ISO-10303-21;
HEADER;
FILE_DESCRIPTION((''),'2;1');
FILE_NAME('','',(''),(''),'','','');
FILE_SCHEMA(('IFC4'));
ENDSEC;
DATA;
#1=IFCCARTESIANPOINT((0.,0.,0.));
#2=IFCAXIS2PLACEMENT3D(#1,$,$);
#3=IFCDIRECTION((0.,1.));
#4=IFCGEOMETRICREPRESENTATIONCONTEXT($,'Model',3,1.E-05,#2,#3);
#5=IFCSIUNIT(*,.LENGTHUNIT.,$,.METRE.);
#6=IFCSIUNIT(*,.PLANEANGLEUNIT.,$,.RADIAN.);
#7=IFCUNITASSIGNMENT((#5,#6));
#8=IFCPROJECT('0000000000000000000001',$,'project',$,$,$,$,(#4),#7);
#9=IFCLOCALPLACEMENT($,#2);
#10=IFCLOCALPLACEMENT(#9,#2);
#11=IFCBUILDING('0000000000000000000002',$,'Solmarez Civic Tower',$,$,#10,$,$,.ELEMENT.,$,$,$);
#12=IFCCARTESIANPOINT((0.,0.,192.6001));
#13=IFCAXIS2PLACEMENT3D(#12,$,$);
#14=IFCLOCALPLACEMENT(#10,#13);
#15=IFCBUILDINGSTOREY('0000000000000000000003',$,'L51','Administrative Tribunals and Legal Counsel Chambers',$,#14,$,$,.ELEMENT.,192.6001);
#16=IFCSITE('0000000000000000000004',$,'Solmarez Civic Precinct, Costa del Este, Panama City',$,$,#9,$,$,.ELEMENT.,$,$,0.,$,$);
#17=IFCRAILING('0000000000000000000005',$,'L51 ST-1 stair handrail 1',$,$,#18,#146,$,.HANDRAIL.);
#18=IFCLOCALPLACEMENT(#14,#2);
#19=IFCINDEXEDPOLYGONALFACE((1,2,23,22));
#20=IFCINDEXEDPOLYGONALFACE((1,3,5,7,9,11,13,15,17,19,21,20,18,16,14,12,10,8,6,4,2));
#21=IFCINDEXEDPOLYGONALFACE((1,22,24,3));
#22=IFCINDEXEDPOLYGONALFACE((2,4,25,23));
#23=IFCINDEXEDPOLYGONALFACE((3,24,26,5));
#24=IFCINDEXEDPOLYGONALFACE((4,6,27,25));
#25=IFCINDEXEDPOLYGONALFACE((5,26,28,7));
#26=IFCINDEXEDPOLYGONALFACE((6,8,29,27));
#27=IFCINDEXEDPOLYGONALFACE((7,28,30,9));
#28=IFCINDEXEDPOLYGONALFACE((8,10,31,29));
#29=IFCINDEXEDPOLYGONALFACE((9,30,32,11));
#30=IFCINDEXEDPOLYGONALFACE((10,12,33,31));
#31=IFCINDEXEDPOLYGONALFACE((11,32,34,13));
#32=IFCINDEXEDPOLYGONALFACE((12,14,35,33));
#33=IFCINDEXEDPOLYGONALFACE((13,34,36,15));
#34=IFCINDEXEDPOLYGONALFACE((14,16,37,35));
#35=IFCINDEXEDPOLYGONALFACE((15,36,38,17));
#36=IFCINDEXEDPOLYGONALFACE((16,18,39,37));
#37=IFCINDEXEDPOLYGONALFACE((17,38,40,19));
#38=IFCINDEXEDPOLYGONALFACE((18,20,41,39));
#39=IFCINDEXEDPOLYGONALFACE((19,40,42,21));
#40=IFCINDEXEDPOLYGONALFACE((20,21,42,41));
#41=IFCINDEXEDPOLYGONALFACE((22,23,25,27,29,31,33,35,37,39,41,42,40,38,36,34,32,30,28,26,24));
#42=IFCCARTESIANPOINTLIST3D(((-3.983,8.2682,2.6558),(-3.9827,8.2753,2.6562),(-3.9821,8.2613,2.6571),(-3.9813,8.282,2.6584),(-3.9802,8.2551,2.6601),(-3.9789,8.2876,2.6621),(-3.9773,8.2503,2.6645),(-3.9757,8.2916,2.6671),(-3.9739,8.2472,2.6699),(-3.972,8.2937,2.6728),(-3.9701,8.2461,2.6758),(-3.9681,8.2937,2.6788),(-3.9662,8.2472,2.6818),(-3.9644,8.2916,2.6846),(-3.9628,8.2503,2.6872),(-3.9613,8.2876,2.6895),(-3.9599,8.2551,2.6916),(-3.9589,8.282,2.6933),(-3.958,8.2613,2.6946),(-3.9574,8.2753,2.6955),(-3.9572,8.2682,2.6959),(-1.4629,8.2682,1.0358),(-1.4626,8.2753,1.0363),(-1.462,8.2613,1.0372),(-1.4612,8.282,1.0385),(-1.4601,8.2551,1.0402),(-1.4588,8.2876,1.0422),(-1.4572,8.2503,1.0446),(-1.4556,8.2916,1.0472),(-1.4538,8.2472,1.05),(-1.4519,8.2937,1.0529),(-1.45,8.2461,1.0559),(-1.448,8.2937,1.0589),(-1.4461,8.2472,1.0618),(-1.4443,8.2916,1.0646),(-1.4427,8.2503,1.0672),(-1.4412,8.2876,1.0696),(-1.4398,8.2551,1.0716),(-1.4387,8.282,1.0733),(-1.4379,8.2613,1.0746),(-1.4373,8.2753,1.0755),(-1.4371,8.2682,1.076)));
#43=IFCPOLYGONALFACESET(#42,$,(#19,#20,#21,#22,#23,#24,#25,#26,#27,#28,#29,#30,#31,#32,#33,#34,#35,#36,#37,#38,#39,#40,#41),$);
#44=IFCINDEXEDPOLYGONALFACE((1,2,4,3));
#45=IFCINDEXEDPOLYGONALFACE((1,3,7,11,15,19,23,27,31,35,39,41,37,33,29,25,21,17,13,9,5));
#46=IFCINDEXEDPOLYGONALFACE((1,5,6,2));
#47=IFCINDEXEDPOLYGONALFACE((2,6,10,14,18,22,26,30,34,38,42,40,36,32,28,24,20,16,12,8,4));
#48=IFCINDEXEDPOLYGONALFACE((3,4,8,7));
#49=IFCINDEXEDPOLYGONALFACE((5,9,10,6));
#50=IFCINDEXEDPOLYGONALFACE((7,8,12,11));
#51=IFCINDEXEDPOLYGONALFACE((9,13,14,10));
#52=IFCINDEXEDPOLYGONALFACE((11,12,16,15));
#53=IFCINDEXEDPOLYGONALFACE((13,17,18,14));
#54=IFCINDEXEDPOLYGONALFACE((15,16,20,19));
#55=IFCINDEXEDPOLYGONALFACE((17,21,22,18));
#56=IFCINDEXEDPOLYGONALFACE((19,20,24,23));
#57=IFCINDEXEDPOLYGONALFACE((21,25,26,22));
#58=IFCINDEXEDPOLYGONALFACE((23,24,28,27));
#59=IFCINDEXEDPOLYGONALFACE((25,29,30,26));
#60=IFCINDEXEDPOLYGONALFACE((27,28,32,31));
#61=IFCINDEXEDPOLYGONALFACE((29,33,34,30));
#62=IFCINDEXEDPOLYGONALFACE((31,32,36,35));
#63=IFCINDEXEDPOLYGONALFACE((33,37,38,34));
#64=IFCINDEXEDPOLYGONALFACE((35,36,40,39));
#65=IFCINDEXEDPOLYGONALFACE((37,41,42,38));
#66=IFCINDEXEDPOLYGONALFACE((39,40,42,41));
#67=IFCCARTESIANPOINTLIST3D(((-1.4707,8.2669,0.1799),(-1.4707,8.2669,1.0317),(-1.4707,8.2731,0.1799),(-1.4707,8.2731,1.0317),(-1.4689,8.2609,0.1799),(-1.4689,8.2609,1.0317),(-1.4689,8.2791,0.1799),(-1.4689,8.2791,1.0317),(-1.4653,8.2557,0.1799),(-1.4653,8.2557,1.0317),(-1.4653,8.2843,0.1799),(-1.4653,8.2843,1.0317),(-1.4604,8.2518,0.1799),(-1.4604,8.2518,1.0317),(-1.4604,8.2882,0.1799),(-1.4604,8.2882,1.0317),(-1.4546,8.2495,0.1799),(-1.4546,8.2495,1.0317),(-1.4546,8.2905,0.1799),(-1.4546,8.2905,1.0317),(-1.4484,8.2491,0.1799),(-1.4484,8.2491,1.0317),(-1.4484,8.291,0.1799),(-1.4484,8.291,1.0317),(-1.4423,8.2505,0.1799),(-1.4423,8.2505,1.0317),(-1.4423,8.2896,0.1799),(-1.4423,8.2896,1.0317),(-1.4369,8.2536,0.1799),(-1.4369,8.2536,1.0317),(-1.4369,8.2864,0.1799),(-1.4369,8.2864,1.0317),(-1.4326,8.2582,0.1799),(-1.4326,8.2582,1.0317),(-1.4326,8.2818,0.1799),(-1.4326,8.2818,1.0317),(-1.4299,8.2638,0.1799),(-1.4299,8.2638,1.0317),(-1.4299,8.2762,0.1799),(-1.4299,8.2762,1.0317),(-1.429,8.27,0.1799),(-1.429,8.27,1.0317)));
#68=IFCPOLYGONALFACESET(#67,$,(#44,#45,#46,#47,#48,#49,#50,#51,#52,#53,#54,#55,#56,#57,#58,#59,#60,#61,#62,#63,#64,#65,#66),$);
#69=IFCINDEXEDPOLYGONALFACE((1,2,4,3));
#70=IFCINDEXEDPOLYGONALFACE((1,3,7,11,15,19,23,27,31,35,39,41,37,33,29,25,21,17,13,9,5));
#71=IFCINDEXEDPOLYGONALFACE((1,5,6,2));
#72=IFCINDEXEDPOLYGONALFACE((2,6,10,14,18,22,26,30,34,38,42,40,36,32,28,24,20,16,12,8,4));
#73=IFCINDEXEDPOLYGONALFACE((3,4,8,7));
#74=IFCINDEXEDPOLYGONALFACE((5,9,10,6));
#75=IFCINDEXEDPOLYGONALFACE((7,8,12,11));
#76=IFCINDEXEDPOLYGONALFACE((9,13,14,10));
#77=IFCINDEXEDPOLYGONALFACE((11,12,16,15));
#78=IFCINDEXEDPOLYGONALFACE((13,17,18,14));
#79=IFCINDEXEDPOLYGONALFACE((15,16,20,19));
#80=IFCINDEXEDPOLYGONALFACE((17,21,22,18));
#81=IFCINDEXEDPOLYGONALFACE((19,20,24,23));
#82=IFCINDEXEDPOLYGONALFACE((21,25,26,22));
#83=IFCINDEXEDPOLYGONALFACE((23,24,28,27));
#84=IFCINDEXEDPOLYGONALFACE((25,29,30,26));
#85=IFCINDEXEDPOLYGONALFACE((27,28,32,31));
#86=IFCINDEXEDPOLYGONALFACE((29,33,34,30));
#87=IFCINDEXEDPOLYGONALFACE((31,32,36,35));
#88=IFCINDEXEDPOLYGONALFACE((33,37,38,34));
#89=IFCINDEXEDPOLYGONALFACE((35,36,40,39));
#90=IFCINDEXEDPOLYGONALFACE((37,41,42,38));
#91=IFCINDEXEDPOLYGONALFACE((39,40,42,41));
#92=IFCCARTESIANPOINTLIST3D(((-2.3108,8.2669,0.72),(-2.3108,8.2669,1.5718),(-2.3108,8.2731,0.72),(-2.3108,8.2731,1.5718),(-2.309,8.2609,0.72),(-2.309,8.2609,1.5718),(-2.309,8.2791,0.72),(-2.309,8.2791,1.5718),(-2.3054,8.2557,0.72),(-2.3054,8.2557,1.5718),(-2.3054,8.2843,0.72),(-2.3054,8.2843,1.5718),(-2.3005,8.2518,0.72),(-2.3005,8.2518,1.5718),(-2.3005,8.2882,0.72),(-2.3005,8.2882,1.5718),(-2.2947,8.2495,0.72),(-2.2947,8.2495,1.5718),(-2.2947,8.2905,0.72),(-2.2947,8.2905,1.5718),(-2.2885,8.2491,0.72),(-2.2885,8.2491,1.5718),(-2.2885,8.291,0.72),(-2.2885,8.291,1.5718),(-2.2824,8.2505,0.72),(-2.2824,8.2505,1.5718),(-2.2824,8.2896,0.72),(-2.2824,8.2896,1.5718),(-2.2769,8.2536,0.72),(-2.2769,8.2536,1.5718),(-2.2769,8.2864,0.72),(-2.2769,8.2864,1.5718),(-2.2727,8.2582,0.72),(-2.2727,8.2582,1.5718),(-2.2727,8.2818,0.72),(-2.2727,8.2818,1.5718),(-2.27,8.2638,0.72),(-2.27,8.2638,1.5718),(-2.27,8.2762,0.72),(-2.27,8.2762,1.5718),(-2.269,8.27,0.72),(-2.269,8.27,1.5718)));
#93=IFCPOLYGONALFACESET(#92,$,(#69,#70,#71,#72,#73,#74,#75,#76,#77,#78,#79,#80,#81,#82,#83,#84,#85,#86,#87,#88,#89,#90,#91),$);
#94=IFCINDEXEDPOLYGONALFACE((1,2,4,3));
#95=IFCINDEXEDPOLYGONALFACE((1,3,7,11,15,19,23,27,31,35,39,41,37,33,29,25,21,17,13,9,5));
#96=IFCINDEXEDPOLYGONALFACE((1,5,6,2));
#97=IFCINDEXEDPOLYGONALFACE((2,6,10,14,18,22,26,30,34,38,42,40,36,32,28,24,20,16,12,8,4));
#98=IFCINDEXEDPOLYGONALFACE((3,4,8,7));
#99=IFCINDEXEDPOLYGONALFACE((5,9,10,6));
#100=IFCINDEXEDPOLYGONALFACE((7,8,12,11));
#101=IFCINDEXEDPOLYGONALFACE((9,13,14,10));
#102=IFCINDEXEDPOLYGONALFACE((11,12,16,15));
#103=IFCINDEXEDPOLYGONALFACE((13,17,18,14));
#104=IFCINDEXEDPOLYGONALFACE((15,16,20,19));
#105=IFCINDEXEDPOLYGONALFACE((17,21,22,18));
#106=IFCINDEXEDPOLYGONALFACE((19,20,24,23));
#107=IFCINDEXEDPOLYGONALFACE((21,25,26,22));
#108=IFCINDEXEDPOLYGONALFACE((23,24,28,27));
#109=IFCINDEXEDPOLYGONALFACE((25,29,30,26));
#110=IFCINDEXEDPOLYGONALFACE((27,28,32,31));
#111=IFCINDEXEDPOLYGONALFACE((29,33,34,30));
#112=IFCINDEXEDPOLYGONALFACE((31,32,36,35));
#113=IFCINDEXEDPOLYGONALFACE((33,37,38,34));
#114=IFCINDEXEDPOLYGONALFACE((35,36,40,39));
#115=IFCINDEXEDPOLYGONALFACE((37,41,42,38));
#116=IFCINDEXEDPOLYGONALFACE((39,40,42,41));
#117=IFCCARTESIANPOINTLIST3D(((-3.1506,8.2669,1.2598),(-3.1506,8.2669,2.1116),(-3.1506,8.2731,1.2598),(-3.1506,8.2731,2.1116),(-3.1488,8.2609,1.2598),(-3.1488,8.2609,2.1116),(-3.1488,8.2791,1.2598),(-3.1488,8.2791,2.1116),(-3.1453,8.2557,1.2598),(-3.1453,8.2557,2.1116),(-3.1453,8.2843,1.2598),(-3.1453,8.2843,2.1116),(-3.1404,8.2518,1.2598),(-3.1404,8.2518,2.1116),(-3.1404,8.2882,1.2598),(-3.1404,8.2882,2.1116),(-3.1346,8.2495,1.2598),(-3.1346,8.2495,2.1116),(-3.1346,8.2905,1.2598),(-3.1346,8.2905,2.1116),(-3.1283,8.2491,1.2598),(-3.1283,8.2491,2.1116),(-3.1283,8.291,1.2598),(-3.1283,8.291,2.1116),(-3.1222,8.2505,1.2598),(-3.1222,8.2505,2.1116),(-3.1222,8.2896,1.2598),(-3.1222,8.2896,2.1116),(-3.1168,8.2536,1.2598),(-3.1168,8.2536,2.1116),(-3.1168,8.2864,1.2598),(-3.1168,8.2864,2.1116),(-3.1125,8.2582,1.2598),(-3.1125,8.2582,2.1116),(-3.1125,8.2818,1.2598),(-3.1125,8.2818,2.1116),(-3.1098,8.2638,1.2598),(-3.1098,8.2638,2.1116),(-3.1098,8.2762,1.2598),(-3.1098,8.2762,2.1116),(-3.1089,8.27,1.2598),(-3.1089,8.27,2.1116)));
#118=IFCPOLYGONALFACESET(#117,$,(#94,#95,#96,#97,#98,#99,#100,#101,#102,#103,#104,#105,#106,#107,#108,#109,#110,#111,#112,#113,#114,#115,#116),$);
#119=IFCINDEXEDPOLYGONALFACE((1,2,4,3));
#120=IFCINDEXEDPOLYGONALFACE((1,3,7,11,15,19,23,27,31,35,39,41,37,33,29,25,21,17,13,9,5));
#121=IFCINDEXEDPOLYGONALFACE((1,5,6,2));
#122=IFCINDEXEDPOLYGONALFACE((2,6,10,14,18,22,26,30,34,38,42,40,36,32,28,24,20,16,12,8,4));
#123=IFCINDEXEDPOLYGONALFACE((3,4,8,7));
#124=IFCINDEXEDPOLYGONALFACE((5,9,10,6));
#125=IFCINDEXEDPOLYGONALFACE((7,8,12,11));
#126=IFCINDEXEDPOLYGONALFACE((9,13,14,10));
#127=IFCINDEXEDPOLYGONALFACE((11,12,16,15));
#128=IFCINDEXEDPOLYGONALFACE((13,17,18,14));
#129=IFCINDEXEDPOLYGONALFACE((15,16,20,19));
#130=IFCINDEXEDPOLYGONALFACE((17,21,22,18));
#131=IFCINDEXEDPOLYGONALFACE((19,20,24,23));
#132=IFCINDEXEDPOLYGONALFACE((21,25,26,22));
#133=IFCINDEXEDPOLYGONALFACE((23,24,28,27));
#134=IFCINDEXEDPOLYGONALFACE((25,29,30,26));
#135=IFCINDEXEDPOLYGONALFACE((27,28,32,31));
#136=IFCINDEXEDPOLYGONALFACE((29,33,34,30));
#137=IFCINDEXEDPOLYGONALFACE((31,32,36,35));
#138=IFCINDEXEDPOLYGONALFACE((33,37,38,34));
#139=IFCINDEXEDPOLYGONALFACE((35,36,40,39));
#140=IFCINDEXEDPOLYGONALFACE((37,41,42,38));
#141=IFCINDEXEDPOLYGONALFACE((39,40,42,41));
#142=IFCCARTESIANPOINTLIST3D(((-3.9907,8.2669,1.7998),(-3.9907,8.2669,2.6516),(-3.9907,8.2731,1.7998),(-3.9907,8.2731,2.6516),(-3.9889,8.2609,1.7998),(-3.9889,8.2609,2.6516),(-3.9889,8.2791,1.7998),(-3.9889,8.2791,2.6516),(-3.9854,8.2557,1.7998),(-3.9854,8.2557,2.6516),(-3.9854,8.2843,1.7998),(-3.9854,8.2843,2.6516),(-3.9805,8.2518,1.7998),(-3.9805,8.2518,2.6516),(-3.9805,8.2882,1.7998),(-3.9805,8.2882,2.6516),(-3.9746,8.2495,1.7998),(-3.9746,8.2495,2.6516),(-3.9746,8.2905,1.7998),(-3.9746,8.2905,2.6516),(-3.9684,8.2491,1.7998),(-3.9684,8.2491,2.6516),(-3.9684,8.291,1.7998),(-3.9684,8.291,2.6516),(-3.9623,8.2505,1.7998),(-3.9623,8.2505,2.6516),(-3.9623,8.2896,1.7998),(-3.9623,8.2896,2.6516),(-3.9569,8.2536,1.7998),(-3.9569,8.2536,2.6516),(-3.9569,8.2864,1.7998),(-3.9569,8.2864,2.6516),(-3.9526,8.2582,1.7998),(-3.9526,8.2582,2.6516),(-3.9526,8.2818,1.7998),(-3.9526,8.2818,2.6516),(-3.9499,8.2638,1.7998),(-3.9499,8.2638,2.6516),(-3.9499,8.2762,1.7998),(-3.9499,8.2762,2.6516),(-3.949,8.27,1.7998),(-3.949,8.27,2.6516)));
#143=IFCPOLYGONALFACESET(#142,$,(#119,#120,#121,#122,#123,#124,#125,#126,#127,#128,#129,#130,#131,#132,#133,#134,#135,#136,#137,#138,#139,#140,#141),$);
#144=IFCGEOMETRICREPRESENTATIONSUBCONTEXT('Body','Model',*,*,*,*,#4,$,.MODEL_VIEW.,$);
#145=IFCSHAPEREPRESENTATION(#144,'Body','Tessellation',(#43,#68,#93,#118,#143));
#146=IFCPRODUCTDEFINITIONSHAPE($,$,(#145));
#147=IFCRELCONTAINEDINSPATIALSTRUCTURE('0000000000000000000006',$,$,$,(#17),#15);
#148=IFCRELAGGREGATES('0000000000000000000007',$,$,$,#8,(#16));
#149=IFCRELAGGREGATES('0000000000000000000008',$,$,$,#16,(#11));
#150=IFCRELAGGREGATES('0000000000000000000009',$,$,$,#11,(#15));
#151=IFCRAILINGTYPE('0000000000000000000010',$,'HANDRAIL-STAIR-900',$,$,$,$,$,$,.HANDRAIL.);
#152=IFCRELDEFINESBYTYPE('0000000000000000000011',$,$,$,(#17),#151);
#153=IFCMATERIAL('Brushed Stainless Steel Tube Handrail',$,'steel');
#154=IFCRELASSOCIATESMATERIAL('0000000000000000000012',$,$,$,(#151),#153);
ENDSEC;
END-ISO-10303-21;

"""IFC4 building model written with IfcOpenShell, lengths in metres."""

from ifc_helpers import new_model, si_unit, direction, frame, origin, origin_2d, place, context, subcontext, project, spatial, circle, extrude, material, type_object, element, save


model = new_model("IFC4")

# Units and contexts
model_context = context("Model", 3, precision=1e-05, world=origin(), true_north=direction((0.0, 1.0)))
body_context = subcontext(model_context, "Body", "Model", "MODEL_VIEW")
ifc_project = project(units=[si_unit("LENGTHUNIT", "METRE"), si_unit("PLANEANGLEUNIT", "RADIAN")], contexts=[model_context])

# Site, building, storey
site_placement = place(None, origin())
site = spatial("IfcSite", under=ifc_project, at=site_placement, Name="Solmarez Civic Precinct, Costa del Este, Panama City", CompositionType="ELEMENT", RefElevation=0.0)
building_placement = place(site_placement, origin())
building = spatial("IfcBuilding", under=site, at=building_placement, Name="Solmarez Civic Tower", CompositionType="ELEMENT")
storey_placement = place(building_placement, frame((0.0, 0.0, 192.6001)))
storey = spatial("IfcBuildingStorey", under=building, at=storey_placement, Name="L51", Description="Administrative Tribunals and Legal Counsel Chambers", CompositionType="ELEMENT", Elevation=192.6001)

# Railing
ifc_material_1 = material(Name="Brushed Stainless Steel Tube Handrail", Category="steel")
railing_type_1 = type_object("IfcRailingType", Name="HANDRAIL-STAIR-900", PredefinedType="HANDRAIL", material=ifc_material_1)
railing_1_placement = place(storey_placement, frame((-1.45, 8.27, 0.1799)))
element("IfcRailing", 1, at=railing_1_placement, inside=storey, type_object=railing_type_1, Name="L51 ST-1 stair handrail 1", PredefinedType="HANDRAIL", context=body_context, shape_type="SweptSolid", body=[
    extrude(circle(Radius=0.0239, at=origin_2d()), frame((0.0, 0.0, 0.876), z_axis=(-0.8412, 0.0, 0.540725), x_axis=(0.0, -1.0, 0.0)), (0.0, 0.0, 1.0), 2.9958),
    extrude(circle(Radius=0.021, at=origin_2d()), origin(), (0.0, 0.0, 1.0), 0.8518),
    extrude(circle(Radius=0.021, at=origin_2d()), frame((-0.8401, 0.0, 0.54)), (0.0, 0.0, 1.0), 0.8518),
    extrude(circle(Radius=0.021, at=origin_2d()), frame((-1.6799, 0.0, 1.0798)), (0.0, 0.0, 1.0), 0.8518),
    extrude(circle(Radius=0.021, at=origin_2d()), frame((-2.52, 0.0, 1.6199)), (0.0, 0.0, 1.0), 0.8518),
])

save(model, "model.ifc")
